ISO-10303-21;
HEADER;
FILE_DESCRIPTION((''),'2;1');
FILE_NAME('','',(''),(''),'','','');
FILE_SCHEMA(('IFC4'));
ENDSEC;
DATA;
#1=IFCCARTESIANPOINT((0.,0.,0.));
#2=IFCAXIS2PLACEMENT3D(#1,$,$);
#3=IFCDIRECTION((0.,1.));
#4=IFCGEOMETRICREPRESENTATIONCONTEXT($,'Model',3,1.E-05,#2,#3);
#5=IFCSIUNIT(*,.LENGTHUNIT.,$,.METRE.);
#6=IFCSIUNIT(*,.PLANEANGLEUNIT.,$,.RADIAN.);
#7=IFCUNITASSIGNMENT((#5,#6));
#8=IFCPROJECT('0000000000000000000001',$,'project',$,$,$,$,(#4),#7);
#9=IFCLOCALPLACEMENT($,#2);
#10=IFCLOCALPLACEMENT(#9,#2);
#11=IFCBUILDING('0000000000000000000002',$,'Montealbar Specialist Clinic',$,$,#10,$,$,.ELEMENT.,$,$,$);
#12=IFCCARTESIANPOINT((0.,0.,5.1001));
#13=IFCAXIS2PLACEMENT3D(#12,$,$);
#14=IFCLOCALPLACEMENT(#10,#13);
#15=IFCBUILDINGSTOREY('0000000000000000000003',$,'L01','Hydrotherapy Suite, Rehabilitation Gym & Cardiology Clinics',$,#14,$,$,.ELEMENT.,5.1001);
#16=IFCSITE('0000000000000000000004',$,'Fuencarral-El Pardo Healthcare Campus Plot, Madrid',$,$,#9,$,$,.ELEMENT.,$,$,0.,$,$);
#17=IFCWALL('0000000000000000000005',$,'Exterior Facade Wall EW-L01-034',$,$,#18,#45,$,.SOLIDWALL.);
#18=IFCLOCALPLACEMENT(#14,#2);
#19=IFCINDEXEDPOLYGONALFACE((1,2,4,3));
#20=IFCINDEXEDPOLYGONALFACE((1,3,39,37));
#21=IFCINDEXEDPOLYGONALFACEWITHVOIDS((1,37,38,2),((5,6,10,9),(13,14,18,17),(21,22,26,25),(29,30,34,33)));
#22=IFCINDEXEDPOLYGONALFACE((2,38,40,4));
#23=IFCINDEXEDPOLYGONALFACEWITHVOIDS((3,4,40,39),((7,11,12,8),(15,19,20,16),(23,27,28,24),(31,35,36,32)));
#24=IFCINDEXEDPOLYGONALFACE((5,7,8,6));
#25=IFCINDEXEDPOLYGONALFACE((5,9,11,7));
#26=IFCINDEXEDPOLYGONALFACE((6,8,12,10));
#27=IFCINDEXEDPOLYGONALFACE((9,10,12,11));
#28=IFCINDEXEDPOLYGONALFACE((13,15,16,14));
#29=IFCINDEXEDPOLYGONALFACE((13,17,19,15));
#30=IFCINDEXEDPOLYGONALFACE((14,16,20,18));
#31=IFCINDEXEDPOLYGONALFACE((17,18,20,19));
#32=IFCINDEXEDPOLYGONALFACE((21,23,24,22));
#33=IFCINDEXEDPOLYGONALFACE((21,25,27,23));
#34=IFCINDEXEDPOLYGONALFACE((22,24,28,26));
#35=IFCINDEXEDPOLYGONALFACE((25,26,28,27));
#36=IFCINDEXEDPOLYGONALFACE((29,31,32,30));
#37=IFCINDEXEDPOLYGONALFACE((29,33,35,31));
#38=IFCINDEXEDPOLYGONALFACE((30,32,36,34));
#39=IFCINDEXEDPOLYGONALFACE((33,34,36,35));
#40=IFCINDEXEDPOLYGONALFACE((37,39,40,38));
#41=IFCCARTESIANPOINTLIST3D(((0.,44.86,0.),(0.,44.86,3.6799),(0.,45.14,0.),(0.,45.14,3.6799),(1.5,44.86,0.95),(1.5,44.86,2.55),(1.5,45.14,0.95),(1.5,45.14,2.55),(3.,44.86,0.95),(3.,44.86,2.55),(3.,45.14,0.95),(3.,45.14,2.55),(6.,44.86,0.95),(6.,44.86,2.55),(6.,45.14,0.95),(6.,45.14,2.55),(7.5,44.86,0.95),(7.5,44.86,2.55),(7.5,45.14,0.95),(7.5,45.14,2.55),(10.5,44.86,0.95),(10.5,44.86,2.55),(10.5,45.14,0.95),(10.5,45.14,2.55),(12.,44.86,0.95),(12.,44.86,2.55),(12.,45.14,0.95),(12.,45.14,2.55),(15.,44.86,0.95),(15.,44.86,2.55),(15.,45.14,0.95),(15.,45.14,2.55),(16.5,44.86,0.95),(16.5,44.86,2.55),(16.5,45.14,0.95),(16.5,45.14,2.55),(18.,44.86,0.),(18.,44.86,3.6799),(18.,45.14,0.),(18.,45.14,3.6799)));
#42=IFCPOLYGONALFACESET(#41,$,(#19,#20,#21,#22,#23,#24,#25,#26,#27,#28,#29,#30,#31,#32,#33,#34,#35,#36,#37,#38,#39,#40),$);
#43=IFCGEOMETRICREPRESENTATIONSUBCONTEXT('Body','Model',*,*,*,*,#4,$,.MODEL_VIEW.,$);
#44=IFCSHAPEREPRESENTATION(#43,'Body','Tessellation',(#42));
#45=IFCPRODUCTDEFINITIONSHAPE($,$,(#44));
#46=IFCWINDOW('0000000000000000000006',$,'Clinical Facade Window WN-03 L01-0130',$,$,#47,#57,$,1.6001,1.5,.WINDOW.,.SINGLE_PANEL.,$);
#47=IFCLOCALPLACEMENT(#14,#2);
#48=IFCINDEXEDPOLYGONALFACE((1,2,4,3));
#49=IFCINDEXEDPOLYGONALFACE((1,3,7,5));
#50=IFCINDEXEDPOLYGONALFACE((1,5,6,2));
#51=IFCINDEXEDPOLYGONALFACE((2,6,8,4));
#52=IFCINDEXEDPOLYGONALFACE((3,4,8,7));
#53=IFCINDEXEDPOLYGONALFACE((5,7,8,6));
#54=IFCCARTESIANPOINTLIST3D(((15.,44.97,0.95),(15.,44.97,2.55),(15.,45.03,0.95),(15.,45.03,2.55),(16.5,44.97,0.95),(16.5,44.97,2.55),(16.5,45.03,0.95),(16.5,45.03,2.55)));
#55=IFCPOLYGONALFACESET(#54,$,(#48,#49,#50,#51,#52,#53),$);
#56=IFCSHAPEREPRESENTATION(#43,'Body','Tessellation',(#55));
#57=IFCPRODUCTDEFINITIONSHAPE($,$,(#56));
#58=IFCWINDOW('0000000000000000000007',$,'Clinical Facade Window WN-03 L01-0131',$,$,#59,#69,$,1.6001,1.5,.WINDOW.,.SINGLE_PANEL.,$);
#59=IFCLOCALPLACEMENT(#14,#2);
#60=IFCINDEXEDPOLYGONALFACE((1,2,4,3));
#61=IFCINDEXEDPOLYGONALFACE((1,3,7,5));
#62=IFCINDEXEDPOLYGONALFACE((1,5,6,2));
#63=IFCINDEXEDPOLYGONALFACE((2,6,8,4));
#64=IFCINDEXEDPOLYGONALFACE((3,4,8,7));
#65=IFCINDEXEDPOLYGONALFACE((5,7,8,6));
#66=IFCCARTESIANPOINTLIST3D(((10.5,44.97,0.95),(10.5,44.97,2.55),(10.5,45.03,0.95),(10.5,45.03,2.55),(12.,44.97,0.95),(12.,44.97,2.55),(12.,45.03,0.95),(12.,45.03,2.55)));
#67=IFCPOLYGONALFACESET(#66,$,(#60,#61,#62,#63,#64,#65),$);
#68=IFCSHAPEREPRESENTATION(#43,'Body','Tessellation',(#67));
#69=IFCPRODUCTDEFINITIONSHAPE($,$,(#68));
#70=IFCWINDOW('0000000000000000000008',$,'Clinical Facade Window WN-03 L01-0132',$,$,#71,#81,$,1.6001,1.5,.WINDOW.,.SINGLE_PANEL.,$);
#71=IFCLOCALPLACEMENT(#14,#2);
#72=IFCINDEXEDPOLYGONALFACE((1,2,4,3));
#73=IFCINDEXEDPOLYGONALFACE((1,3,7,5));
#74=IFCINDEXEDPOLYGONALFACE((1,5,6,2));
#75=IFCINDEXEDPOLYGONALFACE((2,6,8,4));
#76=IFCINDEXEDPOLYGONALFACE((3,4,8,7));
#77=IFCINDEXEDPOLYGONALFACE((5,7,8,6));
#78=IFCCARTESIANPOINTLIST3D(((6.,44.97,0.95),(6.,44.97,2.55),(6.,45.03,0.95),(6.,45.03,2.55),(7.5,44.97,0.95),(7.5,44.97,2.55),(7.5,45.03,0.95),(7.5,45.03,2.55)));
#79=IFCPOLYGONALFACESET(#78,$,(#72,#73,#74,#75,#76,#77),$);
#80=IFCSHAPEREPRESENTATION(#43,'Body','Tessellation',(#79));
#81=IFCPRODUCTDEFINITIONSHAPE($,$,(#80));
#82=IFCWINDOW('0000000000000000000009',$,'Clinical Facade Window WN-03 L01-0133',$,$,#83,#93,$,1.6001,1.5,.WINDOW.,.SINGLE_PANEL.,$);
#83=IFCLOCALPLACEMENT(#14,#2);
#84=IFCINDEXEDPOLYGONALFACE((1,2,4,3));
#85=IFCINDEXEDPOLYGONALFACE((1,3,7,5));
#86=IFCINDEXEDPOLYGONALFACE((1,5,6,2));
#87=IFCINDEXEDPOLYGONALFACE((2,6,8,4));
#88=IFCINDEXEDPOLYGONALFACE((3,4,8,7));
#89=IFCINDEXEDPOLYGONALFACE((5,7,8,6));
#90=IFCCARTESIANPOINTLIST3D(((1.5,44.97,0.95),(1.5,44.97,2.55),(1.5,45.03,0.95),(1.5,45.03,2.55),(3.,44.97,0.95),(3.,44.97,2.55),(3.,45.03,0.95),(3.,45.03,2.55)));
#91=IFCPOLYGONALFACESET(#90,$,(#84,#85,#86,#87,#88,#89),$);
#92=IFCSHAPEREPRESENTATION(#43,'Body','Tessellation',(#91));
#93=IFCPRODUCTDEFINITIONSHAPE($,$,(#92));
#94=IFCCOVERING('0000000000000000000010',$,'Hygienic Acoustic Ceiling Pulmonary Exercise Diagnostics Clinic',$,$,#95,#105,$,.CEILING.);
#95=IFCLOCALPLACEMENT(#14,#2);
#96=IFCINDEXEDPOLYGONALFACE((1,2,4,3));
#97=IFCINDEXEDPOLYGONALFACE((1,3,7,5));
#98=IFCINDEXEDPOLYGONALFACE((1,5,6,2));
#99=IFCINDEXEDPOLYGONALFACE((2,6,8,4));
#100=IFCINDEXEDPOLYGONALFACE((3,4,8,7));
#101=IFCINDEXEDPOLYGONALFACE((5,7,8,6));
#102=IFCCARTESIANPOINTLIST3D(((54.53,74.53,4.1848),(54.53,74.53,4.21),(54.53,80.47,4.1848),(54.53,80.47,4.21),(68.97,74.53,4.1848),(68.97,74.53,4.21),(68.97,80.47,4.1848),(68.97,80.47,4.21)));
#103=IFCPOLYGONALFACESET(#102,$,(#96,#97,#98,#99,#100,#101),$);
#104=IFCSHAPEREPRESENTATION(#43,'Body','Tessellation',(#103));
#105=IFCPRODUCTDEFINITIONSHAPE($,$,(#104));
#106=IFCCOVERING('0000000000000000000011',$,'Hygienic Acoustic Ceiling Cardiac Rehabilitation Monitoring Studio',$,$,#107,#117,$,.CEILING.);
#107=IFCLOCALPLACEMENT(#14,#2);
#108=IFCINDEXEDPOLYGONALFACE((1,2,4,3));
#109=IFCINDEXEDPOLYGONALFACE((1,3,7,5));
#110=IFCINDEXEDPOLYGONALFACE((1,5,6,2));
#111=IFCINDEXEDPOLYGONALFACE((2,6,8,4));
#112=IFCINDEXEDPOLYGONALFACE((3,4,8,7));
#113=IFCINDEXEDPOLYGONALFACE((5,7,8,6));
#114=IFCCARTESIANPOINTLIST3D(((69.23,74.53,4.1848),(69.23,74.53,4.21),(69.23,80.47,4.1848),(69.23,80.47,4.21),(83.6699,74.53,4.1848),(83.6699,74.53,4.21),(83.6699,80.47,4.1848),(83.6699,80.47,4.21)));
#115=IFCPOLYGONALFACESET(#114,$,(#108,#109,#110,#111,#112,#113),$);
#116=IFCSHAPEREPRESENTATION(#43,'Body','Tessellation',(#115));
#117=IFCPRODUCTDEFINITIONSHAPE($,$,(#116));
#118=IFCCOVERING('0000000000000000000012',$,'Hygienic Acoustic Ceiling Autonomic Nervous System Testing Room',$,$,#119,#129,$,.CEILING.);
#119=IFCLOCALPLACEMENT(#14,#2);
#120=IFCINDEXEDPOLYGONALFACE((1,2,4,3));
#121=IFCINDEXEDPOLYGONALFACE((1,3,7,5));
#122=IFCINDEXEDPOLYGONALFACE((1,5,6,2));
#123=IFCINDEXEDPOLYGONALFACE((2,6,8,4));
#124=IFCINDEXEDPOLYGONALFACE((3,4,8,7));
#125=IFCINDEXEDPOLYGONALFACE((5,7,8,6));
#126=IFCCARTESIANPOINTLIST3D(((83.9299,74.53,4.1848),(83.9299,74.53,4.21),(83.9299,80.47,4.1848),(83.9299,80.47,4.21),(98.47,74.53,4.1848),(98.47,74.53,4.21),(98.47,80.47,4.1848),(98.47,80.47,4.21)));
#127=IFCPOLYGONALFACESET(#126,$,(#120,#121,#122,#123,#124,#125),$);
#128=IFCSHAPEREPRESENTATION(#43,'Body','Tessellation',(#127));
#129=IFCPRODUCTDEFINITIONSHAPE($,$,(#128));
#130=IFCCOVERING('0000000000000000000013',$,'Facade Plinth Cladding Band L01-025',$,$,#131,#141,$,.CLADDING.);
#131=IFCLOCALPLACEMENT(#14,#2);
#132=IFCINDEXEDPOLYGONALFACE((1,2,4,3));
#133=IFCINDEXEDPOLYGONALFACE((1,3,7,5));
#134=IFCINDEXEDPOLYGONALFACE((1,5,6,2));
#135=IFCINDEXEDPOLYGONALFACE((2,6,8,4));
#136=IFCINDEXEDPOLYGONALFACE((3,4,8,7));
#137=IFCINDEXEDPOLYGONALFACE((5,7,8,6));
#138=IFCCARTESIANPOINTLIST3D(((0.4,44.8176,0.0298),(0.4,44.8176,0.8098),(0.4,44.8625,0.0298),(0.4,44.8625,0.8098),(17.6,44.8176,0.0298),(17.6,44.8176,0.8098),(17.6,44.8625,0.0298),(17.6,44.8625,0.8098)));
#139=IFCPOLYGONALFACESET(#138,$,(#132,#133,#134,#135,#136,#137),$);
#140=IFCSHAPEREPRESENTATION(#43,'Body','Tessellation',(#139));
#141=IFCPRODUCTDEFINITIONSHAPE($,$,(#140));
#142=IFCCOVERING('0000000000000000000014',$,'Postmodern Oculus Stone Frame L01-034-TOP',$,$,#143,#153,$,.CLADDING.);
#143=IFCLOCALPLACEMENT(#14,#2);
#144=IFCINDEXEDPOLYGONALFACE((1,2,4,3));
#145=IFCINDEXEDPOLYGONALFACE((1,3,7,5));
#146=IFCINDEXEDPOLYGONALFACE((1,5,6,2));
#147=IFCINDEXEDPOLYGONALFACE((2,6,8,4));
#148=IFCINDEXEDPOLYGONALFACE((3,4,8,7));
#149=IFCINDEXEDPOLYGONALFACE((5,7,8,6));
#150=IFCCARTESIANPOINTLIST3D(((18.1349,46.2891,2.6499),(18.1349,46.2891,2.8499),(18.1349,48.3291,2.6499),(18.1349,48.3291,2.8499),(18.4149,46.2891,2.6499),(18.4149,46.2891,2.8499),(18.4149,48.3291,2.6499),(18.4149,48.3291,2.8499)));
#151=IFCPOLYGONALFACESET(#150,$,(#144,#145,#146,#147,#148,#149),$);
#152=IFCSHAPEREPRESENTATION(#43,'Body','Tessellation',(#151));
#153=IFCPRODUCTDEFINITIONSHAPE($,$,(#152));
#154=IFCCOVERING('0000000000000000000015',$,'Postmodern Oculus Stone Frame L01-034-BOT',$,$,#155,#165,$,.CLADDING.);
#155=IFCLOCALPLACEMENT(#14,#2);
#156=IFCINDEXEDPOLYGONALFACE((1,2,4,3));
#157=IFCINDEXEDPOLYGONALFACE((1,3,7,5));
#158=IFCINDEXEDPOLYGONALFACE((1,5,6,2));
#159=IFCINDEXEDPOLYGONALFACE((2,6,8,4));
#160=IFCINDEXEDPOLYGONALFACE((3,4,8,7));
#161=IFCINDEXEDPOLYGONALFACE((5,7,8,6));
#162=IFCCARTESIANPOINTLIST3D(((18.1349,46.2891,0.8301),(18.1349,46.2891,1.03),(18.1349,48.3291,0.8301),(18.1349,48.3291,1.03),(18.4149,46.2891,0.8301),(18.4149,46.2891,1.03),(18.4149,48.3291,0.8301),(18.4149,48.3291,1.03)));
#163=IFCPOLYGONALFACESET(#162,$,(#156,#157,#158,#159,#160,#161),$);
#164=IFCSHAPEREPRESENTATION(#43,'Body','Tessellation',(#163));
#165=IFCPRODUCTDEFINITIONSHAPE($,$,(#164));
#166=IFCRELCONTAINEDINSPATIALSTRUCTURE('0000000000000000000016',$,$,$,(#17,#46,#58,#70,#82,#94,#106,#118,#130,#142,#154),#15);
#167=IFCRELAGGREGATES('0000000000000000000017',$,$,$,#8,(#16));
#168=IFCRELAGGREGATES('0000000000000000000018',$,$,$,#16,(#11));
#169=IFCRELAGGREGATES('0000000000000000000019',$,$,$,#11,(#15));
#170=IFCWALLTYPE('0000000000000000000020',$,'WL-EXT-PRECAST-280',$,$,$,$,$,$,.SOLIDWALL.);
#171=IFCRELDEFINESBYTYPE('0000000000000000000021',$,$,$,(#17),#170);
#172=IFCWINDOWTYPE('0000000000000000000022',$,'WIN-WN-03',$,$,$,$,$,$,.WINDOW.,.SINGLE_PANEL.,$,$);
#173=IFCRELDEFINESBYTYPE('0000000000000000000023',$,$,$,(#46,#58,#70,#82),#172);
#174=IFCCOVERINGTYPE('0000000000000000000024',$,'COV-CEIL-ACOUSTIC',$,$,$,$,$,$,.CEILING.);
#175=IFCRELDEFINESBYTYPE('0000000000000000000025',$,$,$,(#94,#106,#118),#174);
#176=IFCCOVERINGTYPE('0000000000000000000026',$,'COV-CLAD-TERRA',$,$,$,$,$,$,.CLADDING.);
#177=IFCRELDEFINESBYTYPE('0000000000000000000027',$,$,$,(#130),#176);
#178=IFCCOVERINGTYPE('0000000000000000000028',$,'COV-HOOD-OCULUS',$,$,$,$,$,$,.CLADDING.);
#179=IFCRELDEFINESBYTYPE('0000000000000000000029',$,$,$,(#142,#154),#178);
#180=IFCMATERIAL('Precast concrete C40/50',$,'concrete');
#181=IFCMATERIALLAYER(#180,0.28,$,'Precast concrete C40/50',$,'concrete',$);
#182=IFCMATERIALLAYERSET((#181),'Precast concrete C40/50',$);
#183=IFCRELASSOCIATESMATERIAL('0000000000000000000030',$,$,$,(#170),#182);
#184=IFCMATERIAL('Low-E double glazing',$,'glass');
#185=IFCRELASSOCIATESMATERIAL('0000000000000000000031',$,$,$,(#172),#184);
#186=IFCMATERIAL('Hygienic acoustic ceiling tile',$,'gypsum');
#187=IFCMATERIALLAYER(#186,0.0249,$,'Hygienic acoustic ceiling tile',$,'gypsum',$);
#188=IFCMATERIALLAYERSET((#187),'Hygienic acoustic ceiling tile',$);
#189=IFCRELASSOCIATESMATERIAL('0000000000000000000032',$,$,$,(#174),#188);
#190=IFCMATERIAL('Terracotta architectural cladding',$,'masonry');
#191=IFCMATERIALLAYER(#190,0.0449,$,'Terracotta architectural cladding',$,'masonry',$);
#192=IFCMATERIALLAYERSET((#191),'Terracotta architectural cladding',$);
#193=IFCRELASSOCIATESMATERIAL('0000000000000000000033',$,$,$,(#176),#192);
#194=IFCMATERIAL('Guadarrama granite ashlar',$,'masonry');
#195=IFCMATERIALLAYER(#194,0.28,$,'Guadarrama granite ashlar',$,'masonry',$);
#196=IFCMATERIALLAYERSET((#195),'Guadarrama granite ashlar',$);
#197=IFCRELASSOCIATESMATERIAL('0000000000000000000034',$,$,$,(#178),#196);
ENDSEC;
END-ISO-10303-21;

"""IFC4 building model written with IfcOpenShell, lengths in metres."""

from ifc_helpers import new_model, si_unit, direction, frame, frame_2d, origin, origin_2d, place, context, subcontext, project, spatial, polyline, rectangle, outline, extrude, material, layer, layer_set, type_object, element, fill, save


model = new_model("IFC4")

# Units and contexts
model_context = context("Model", 3, precision=1e-05, world=origin(), true_north=direction((0.0, 1.0)))
body_context = subcontext(model_context, "Body", "Model", "MODEL_VIEW")
ifc_project = project(units=[si_unit("LENGTHUNIT", "METRE"), si_unit("PLANEANGLEUNIT", "RADIAN")], contexts=[model_context])

# Site, building, storey
site_placement = place(None, origin())
site = spatial("IfcSite", under=ifc_project, at=site_placement, Name="Fuencarral-El Pardo Healthcare Campus Plot, Madrid", CompositionType="ELEMENT", RefElevation=0.0)
building_placement = place(site_placement, origin())
building = spatial("IfcBuilding", under=site, at=building_placement, Name="Montealbar Specialist Clinic", CompositionType="ELEMENT")
storey_placement = place(building_placement, frame((0.0, 0.0, 5.1001)))
storey = spatial("IfcBuildingStorey", under=building, at=storey_placement, Name="L01", Description="Hydrotherapy Suite, Rehabilitation Gym & Cardiology Clinics", CompositionType="ELEMENT", Elevation=5.1001)

# Shared definitions
ifc_material_1 = material(Name="Guadarrama granite ashlar", Category="masonry")

# Shared definitions
ifc_material_2 = material(Name="Precast concrete C40/50", Category="concrete")

# Shared definitions
ifc_layer_1 = layer(ifc_material_2, 0.28, Name="Precast concrete C40/50", Category="concrete")
ifc_layer_set_1 = layer_set([ifc_layer_1], Name="Precast concrete C40/50")
wall_type = type_object("IfcWallType", Name="WL-EXT-PRECAST-280", PredefinedType="SOLIDWALL", material=ifc_layer_set_1)

# Wall, openings, windows
wall_1_placement = place(storey_placement, frame((18.0, 45.0, 0.0), z_axis=(0.0, 0.0, 1.0), x_axis=(-1.0, 0.0, 0.0)))
wall_1 = element("IfcWall", 1, at=wall_1_placement, inside=storey, type_object=wall_type, Name="Exterior Facade Wall EW-L01-034", PredefinedType="SOLIDWALL", context=body_context, shape_type="SweptSolid", body=[
    extrude(rectangle(XDim=18.0, YDim=0.28, at=frame_2d((9.0, 0.0))), origin(), (0.0, 0.0, 1.0), 3.6799),
])
opening_1_placement = place(wall_1_placement, frame((1.5, 0.0, 0.95)))
opening_1 = element("IfcOpeningElement", 2, at=opening_1_placement, cuts=wall_1, PredefinedType="OPENING", context=body_context, shape_type="SweptSolid", body=[
    extrude(rectangle(XDim=1.5, YDim=1.6001, at=frame_2d((0.75, 0.8))), frame((0.0, 0.1499, 0.0), z_axis=(0.0, -1.0, 0.0), x_axis=(1.0, 0.0, 0.0)), (0.0, 0.0, 1.0), 0.3),
])
opening_2_placement = place(wall_1_placement, frame((6.0, 0.0, 0.95)))
opening_2 = element("IfcOpeningElement", 3, at=opening_2_placement, cuts=wall_1, PredefinedType="OPENING", context=body_context, shape_type="SweptSolid", body=[
    extrude(rectangle(XDim=1.5, YDim=1.6001, at=frame_2d((0.75, 0.8))), frame((0.0, 0.1499, 0.0), z_axis=(0.0, -1.0, 0.0), x_axis=(1.0, 0.0, 0.0)), (0.0, 0.0, 1.0), 0.3),
])
opening_3_placement = place(wall_1_placement, frame((10.5, 0.0, 0.95)))
opening_3 = element("IfcOpeningElement", 4, at=opening_3_placement, cuts=wall_1, PredefinedType="OPENING", context=body_context, shape_type="SweptSolid", body=[
    extrude(rectangle(XDim=1.5, YDim=1.6001, at=frame_2d((0.75, 0.8))), frame((0.0, 0.1499, 0.0), z_axis=(0.0, -1.0, 0.0), x_axis=(1.0, 0.0, 0.0)), (0.0, 0.0, 1.0), 0.3),
])
opening_4_placement = place(wall_1_placement, frame((15.0, 0.0, 0.95)))
opening_4 = element("IfcOpeningElement", 5, at=opening_4_placement, cuts=wall_1, PredefinedType="OPENING", context=body_context, shape_type="SweptSolid", body=[
    extrude(rectangle(XDim=1.5, YDim=1.6001, at=frame_2d((0.75, 0.8))), frame((0.0, 0.1499, 0.0), z_axis=(0.0, -1.0, 0.0), x_axis=(1.0, 0.0, 0.0)), (0.0, 0.0, 1.0), 0.3),
])
ifc_material_3 = material(Name="Low-E double glazing", Category="glass")
window_type = type_object("IfcWindowType", Name="WIN-WN-03", PartitioningType="SINGLE_PANEL", PredefinedType="WINDOW", material=ifc_material_3)
window_1_placement = place(opening_1_placement, origin())
window_1 = element("IfcWindow", 6, at=window_1_placement, inside=storey, type_object=window_type, Name="Clinical Facade Window WN-03 L01-0130", OverallHeight=1.6001, OverallWidth=1.5, PartitioningType="SINGLE_PANEL", PredefinedType="WINDOW", context=body_context, shape_type="SweptSolid", body=[
    extrude(rectangle(XDim=1.5, YDim=1.6001, at=frame_2d((0.75, 0.8))), frame((0.0, 0.03, 0.0), z_axis=(0.0, -1.0, 0.0), x_axis=(1.0, 0.0, 0.0)), (0.0, 0.0, 1.0), 0.0601),
])
fill(opening_1, window_1)
window_2_placement = place(opening_2_placement, origin())
window_2 = element("IfcWindow", 7, at=window_2_placement, inside=storey, type_object=window_type, Name="Clinical Facade Window WN-03 L01-0131", OverallHeight=1.6001, OverallWidth=1.5, PartitioningType="SINGLE_PANEL", PredefinedType="WINDOW", context=body_context, shape_type="SweptSolid", body=[
    extrude(rectangle(XDim=1.5, YDim=1.6001, at=frame_2d((0.75, 0.8))), frame((0.0, 0.03, 0.0), z_axis=(0.0, -1.0, 0.0), x_axis=(1.0, 0.0, 0.0)), (0.0, 0.0, 1.0), 0.0601),
])
fill(opening_2, window_2)
window_3_placement = place(opening_3_placement, origin())
window_3 = element("IfcWindow", 8, at=window_3_placement, inside=storey, type_object=window_type, Name="Clinical Facade Window WN-03 L01-0132", OverallHeight=1.6001, OverallWidth=1.5, PartitioningType="SINGLE_PANEL", PredefinedType="WINDOW", context=body_context, shape_type="SweptSolid", body=[
    extrude(rectangle(XDim=1.5, YDim=1.6001, at=frame_2d((0.75, 0.8))), frame((0.0, 0.03, 0.0), z_axis=(0.0, -1.0, 0.0), x_axis=(1.0, 0.0, 0.0)), (0.0, 0.0, 1.0), 0.0601),
])
fill(opening_3, window_3)
window_4_placement = place(opening_4_placement, origin())
window_4 = element("IfcWindow", 9, at=window_4_placement, inside=storey, type_object=window_type, Name="Clinical Facade Window WN-03 L01-0133", OverallHeight=1.6001, OverallWidth=1.5, PartitioningType="SINGLE_PANEL", PredefinedType="WINDOW", context=body_context, shape_type="SweptSolid", body=[
    extrude(rectangle(XDim=1.5, YDim=1.6001, at=frame_2d((0.75, 0.8))), frame((0.0, 0.03, 0.0), z_axis=(0.0, -1.0, 0.0), x_axis=(1.0, 0.0, 0.0)), (0.0, 0.0, 1.0), 0.0601),
])
fill(opening_4, window_4)

# Coverings
ifc_material_4 = material(Name="Hygienic acoustic ceiling tile", Category="gypsum")
ifc_layer_2 = layer(ifc_material_4, 0.0249, Name="Hygienic acoustic ceiling tile", Category="gypsum")
ifc_layer_set_2 = layer_set([ifc_layer_2], Name="Hygienic acoustic ceiling tile")
covering_type_1 = type_object("IfcCoveringType", Name="COV-CEIL-ACOUSTIC", PredefinedType="CEILING", material=ifc_layer_set_2)
covering_1_placement = place(storey_placement, frame((0.0, 0.0, 4.1848)))
element("IfcCovering", 10, at=covering_1_placement, inside=storey, type_object=covering_type_1, Name="Hygienic Acoustic Ceiling Pulmonary Exercise Diagnostics Clinic", PredefinedType="CEILING", context=body_context, shape_type="SweptSolid", body=[
    extrude(outline(polyline([(54.53, 80.47), (68.97, 80.47), (68.97, 74.53), (54.53, 74.53), (54.53, 80.47)])), origin(), (0.0, 0.0, 1.0), 0.0251),
])
covering_2_placement = place(storey_placement, frame((0.0, 0.0, 4.1848)))
element("IfcCovering", 11, at=covering_2_placement, inside=storey, type_object=covering_type_1, Name="Hygienic Acoustic Ceiling Cardiac Rehabilitation Monitoring Studio", PredefinedType="CEILING", context=body_context, shape_type="SweptSolid", body=[
    extrude(outline(polyline([(69.23, 80.47), (83.6699, 80.47), (83.6699, 74.53), (69.23, 74.53), (69.23, 80.47)])), origin(), (0.0, 0.0, 1.0), 0.0251),
])
covering_3_placement = place(storey_placement, frame((0.0, 0.0, 4.1848)))
element("IfcCovering", 12, at=covering_3_placement, inside=storey, type_object=covering_type_1, Name="Hygienic Acoustic Ceiling Autonomic Nervous System Testing Room", PredefinedType="CEILING", context=body_context, shape_type="SweptSolid", body=[
    extrude(outline(polyline([(83.9299, 80.47), (98.47, 80.47), (98.47, 74.53), (83.9299, 74.53), (83.9299, 80.47)])), origin(), (0.0, 0.0, 1.0), 0.0251),
])
ifc_material_5 = material(Name="Terracotta architectural cladding", Category="masonry")
ifc_layer_3 = layer(ifc_material_5, 0.0449, Name="Terracotta architectural cladding", Category="masonry")
ifc_layer_set_3 = layer_set([ifc_layer_3], Name="Terracotta architectural cladding")
covering_type_2 = type_object("IfcCoveringType", Name="COV-CLAD-TERRA", PredefinedType="CLADDING", material=ifc_layer_set_3)
covering_4_placement = place(storey_placement, frame((9.0, 44.8401, 0.0298), z_axis=(0.0, 0.0, 1.0), x_axis=(-1.0, 0.0, 0.0)))
element("IfcCovering", 13, at=covering_4_placement, inside=storey, type_object=covering_type_2, Name="Facade Plinth Cladding Band L01-025", PredefinedType="CLADDING", context=body_context, shape_type="SweptSolid", body=[
    extrude(rectangle(XDim=17.2, YDim=0.0449, at=origin_2d()), origin(), (0.0, 0.0, 1.0), 0.78),
])
ifc_layer_4 = layer(ifc_material_1, 0.28, Name="Guadarrama granite ashlar", Category="masonry")
ifc_layer_set_4 = layer_set([ifc_layer_4], Name="Guadarrama granite ashlar")
covering_type_3 = type_object("IfcCoveringType", Name="COV-HOOD-OCULUS", PredefinedType="CLADDING", material=ifc_layer_set_4)
for number, where, z_axis, x_axis, name in (
    (14, (18.2749, 47.3091, 2.6499), (0.0, 0.0, 1.0), (0.0, -1.0, 0.0), "Postmodern Oculus Stone Frame L01-034-TOP"),
    (15, (18.2749, 47.3091, 0.8301), (0.0, 0.0, 1.0), (0.0, -1.0, 0.0), "Postmodern Oculus Stone Frame L01-034-BOT"),
):
    element("IfcCovering", number, at=place(storey_placement, frame(where, z_axis=z_axis, x_axis=x_axis)), inside=storey, type_object=covering_type_3, Name=name, PredefinedType="CLADDING", context=body_context, shape_type="SweptSolid", body=[
        extrude(rectangle(XDim=2.04, YDim=0.28, at=origin_2d()), origin(), (0.0, 0.0, 1.0), 0.2),
    ])

save(model, "model.ifc")
